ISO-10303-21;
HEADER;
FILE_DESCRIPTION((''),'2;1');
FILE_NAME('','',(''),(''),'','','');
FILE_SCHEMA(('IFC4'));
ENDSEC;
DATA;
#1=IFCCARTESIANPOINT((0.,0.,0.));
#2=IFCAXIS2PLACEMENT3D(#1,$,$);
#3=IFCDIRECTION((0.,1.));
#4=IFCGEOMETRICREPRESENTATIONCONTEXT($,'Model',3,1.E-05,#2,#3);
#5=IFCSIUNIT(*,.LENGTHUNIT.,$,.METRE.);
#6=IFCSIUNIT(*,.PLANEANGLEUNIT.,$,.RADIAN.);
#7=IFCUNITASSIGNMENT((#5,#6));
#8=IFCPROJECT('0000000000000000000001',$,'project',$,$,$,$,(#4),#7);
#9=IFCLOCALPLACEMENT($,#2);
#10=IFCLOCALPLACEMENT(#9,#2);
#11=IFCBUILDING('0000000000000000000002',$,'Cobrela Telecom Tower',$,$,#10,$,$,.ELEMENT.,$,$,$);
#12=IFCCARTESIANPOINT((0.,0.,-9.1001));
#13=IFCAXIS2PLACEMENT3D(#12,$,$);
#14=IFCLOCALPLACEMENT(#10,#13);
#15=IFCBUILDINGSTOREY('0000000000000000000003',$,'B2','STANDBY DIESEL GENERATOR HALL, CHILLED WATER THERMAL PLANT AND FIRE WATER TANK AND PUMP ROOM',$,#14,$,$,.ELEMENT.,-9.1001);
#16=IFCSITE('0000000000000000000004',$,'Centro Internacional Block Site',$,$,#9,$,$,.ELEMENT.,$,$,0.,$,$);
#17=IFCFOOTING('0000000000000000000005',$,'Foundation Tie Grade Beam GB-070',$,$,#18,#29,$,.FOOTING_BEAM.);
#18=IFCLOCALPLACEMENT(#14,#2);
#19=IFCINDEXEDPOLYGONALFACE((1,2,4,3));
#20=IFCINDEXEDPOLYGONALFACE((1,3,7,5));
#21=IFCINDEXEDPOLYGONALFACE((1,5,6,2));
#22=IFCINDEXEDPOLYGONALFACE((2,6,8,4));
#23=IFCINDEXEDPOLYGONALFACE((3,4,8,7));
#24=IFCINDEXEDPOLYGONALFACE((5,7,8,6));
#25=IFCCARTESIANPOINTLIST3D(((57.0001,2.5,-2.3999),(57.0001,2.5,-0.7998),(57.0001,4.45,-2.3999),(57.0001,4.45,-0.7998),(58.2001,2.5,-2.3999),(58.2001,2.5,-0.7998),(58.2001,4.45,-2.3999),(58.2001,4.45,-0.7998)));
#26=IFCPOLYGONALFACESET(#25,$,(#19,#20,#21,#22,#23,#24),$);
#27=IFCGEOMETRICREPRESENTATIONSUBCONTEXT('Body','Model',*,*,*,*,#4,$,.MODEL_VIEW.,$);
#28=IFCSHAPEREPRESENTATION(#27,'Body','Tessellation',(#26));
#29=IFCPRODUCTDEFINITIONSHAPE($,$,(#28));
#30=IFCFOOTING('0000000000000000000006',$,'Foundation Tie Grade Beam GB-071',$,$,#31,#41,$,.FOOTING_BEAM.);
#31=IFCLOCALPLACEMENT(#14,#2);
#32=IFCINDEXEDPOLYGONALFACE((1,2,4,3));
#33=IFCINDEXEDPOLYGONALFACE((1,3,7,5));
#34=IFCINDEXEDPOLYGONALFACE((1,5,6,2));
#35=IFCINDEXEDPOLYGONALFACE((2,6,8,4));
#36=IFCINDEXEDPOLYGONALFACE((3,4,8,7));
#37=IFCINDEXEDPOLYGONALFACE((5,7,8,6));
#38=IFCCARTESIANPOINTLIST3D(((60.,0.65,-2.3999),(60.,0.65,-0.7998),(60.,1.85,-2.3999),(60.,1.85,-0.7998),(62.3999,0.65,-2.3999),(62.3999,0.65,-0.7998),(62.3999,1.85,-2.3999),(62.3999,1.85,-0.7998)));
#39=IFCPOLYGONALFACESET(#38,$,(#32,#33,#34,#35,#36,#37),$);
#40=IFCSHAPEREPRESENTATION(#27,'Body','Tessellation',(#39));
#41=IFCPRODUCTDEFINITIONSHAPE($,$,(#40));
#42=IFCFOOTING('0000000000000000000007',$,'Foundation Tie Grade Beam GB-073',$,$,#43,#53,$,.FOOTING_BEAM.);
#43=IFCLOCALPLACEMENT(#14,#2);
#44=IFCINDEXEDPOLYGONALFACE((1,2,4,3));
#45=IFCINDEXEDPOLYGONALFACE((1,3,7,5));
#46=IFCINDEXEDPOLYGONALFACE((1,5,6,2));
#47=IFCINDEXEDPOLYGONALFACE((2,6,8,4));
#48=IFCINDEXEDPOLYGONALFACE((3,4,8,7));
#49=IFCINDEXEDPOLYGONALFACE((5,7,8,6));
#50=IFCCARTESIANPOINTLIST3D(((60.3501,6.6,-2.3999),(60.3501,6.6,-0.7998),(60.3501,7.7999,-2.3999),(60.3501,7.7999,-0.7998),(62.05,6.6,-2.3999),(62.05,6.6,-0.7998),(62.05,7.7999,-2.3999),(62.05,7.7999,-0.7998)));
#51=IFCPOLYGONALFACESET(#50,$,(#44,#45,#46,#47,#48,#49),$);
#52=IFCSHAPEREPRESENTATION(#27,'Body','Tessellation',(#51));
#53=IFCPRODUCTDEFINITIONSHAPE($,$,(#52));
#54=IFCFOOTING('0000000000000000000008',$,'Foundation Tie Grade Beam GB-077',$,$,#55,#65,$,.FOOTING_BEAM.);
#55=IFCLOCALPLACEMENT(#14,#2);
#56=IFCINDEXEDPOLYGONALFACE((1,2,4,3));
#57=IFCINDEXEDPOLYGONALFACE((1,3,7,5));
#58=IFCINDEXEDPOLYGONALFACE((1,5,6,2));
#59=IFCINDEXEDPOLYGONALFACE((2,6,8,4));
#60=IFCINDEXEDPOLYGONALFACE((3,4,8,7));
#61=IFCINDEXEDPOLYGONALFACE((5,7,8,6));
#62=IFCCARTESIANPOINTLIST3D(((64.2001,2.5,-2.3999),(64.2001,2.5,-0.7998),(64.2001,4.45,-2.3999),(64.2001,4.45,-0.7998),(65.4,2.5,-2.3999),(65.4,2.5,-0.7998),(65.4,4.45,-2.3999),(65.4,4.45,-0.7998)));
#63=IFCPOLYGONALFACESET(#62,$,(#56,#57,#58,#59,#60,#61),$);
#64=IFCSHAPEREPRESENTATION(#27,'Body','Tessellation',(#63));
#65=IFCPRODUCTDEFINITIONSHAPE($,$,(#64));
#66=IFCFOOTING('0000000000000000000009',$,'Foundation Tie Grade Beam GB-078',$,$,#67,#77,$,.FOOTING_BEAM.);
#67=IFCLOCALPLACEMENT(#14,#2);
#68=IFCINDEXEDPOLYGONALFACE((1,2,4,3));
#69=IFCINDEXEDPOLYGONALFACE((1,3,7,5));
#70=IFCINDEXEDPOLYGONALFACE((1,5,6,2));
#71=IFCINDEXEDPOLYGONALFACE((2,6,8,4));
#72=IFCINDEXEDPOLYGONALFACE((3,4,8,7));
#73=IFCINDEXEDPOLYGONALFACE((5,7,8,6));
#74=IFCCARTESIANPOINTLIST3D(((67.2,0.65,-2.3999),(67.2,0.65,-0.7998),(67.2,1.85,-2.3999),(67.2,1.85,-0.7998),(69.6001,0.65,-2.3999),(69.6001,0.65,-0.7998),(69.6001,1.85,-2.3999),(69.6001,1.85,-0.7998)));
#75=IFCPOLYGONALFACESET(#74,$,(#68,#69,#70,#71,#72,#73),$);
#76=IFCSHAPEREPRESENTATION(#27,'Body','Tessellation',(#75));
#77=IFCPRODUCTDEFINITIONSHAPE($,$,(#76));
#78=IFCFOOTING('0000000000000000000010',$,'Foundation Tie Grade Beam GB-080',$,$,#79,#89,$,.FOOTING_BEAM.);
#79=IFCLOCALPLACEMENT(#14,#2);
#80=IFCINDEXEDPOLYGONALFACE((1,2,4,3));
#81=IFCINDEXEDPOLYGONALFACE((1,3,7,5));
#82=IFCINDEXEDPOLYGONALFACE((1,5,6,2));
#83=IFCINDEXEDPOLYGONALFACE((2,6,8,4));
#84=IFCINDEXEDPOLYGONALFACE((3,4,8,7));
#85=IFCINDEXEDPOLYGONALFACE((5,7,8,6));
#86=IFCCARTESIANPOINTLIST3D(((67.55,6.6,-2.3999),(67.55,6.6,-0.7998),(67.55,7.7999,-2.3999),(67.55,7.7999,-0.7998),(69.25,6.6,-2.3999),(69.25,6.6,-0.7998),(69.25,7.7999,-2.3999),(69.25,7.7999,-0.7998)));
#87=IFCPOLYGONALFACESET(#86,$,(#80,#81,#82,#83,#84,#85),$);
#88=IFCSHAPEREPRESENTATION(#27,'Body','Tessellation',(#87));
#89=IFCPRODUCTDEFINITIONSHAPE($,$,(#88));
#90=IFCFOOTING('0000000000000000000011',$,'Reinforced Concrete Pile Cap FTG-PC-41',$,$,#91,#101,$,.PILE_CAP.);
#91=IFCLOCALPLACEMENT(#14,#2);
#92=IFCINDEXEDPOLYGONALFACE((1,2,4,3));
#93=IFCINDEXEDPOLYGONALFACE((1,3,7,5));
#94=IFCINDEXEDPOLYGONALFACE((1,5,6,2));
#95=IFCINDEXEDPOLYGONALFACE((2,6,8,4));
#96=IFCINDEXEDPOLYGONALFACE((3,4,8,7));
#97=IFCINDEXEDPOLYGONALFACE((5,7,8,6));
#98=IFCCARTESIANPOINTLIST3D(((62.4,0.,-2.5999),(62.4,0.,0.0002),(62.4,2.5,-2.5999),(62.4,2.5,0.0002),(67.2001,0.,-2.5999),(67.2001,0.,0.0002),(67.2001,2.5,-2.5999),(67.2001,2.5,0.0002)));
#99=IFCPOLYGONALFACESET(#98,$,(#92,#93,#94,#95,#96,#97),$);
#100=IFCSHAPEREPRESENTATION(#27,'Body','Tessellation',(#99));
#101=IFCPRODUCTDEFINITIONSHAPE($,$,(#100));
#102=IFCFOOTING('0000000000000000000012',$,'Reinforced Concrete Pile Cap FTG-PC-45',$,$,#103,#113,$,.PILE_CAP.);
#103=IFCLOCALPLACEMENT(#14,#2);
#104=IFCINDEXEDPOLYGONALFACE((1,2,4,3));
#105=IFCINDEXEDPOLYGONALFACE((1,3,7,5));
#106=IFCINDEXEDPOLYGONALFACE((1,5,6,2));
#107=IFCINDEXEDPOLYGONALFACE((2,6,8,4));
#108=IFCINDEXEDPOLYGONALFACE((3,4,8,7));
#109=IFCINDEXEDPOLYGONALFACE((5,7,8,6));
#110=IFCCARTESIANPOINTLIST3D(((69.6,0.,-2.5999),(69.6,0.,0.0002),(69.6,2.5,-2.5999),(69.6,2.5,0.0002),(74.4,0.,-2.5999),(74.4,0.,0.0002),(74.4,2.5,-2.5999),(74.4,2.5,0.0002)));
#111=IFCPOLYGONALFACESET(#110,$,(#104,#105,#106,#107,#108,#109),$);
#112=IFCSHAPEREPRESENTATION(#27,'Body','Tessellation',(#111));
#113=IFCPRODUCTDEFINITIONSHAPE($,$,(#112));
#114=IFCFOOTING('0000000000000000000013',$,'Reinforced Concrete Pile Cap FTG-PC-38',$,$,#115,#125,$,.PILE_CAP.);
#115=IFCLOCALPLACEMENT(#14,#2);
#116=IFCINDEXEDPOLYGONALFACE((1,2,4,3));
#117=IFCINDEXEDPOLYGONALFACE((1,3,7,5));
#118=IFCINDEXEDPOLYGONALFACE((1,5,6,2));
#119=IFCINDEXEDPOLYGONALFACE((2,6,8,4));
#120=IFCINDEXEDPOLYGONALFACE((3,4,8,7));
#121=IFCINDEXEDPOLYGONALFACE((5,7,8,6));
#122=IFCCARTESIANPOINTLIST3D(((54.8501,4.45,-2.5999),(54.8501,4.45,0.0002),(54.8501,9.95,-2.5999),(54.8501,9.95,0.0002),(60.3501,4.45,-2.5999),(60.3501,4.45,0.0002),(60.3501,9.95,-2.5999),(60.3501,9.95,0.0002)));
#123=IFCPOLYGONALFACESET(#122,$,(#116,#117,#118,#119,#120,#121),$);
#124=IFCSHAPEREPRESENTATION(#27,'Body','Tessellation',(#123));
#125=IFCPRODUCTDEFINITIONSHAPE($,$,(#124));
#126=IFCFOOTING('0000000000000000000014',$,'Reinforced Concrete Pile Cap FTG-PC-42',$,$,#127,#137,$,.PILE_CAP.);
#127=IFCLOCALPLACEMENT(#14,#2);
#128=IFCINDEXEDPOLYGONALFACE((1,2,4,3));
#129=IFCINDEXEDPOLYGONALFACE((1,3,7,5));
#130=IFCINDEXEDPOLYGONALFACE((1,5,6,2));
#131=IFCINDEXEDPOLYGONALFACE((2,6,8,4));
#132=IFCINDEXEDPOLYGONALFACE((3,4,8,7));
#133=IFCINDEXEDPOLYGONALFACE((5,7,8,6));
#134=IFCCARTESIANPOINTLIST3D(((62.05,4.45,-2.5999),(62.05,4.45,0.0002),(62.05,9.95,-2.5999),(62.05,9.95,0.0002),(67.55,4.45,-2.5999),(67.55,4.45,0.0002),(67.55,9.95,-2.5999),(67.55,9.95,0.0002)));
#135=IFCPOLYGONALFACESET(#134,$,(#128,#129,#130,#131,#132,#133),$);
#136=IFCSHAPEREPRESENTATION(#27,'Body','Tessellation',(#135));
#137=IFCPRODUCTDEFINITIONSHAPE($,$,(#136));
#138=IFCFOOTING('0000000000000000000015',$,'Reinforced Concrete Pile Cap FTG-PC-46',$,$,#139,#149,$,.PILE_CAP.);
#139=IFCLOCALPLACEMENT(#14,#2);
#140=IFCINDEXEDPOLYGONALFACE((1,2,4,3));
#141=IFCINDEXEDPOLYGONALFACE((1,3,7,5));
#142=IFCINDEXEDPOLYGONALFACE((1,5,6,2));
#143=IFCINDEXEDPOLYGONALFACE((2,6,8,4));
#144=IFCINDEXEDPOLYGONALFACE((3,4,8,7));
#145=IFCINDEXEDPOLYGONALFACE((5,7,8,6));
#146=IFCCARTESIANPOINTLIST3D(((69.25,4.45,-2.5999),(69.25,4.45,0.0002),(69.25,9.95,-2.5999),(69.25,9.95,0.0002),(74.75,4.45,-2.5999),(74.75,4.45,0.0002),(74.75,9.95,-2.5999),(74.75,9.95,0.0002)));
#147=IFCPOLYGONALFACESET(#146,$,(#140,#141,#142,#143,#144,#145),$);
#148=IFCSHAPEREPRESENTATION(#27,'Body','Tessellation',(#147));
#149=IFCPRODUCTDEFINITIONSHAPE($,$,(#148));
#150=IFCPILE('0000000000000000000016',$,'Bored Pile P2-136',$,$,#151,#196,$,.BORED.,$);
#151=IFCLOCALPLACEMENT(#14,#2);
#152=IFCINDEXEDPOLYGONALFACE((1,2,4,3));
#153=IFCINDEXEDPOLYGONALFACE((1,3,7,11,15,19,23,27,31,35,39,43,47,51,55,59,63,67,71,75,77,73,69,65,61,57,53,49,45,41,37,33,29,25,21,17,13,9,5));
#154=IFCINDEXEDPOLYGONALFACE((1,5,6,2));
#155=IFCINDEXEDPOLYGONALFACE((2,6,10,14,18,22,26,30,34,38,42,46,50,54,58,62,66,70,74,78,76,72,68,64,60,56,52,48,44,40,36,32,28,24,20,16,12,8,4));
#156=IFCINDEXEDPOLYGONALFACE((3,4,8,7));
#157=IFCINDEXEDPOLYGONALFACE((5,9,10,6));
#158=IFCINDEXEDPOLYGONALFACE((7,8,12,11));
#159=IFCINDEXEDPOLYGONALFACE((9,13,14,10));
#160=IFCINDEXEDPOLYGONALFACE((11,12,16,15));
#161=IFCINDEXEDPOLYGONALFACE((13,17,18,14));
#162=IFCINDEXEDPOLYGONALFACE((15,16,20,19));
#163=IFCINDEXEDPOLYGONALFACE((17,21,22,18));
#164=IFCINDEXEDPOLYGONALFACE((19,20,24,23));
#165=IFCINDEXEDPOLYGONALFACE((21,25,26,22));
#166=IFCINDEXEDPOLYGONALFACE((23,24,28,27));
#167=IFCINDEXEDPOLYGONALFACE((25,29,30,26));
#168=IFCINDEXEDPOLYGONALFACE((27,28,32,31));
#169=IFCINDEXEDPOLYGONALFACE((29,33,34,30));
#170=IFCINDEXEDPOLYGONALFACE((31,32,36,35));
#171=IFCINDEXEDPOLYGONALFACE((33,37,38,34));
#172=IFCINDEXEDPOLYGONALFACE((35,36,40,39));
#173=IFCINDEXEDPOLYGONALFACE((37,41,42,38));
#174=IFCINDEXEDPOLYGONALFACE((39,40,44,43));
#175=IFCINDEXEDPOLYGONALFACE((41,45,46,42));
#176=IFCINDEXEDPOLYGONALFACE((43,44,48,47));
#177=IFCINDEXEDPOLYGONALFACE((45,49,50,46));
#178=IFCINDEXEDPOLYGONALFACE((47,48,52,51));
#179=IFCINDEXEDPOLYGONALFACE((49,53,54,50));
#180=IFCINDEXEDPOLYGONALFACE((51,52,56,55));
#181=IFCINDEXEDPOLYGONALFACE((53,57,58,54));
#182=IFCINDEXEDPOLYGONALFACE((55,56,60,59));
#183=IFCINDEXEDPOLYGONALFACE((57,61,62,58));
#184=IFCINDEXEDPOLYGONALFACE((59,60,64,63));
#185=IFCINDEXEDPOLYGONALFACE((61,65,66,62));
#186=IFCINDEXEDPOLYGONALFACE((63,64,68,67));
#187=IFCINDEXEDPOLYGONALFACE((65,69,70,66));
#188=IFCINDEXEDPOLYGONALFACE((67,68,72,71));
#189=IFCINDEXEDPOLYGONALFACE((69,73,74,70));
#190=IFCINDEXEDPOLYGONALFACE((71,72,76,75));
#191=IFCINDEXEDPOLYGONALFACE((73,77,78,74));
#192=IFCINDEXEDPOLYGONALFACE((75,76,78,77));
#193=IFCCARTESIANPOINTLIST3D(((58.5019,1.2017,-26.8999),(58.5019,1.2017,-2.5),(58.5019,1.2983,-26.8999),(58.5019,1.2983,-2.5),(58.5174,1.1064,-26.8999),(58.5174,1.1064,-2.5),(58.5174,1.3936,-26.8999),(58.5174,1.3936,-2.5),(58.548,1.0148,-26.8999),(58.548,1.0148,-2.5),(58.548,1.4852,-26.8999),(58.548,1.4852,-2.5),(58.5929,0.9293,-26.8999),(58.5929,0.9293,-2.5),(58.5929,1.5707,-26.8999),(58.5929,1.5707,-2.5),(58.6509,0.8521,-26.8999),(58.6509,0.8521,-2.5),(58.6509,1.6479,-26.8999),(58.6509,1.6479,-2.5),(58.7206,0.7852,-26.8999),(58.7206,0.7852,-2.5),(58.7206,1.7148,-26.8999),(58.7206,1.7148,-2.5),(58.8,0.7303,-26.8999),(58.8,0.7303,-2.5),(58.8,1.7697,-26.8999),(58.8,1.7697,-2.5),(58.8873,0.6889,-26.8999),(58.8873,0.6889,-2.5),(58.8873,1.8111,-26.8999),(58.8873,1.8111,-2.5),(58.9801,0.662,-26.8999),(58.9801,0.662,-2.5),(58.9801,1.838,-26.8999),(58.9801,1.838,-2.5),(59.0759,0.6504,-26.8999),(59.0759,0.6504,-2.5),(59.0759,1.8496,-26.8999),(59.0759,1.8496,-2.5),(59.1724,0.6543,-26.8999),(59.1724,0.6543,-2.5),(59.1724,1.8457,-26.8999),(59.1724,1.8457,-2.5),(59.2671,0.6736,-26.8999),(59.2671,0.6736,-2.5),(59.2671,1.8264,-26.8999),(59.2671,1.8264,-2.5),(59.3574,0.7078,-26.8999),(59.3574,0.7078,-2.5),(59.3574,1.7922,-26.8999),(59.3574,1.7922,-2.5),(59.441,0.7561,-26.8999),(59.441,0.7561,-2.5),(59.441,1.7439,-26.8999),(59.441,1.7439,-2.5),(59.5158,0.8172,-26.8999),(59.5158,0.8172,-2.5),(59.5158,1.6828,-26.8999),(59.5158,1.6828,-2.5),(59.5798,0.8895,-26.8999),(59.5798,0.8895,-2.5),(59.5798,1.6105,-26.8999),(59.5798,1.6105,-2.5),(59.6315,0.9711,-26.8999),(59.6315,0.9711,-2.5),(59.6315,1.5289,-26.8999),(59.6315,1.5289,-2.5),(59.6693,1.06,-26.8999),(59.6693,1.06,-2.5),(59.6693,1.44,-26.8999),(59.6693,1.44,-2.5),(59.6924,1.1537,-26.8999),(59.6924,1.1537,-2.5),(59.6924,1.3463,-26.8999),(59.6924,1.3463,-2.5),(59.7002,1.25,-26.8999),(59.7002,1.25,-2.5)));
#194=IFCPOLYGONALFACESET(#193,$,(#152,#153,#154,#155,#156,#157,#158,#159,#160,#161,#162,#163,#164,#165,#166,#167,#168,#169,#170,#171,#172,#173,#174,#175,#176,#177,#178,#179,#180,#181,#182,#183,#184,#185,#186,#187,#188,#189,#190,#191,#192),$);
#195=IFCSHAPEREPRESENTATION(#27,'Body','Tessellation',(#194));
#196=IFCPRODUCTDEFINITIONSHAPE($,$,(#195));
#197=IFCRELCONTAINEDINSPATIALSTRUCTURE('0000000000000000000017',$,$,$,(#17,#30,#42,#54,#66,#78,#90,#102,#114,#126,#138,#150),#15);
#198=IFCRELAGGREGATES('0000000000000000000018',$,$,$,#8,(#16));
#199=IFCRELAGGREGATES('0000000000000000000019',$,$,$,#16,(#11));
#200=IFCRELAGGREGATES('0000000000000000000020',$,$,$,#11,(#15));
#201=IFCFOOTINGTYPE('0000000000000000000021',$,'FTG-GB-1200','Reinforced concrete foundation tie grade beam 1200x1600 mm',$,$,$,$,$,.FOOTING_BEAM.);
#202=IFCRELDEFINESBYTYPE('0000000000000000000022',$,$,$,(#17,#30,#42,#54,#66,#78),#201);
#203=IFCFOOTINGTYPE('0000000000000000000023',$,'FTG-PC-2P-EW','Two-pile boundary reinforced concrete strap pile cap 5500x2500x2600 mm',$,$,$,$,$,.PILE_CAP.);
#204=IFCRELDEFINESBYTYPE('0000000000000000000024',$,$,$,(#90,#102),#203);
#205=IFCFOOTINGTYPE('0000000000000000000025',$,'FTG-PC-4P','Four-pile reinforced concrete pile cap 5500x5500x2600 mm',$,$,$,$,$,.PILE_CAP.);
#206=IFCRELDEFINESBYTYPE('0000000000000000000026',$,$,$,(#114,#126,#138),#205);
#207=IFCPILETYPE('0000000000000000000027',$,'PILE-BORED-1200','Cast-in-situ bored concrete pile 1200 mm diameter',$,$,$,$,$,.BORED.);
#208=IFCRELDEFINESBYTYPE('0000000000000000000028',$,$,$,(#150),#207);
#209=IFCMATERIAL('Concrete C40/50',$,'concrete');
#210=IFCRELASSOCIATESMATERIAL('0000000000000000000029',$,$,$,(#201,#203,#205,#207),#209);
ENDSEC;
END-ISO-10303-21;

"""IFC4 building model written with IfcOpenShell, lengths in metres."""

from ifc_helpers import new_model, si_unit, direction, frame, origin, origin_2d, place, context, subcontext, project, spatial, rectangle, circle, extrude, material, material_profile, profile_set, type_object, element, save


model = new_model("IFC4")

# Units and contexts
model_context = context("Model", 3, precision=1e-05, world=origin(), true_north=direction((0.0, 1.0)))
body_context = subcontext(model_context, "Body", "Model", "MODEL_VIEW")
ifc_project = project(units=[si_unit("LENGTHUNIT", "METRE"), si_unit("PLANEANGLEUNIT", "RADIAN")], contexts=[model_context])

# Site, building, storey
site_placement = place(None, origin())
site = spatial("IfcSite", under=ifc_project, at=site_placement, Name="Centro Internacional Block Site", CompositionType="ELEMENT", RefElevation=0.0)
building_placement = place(site_placement, origin())
building = spatial("IfcBuilding", under=site, at=building_placement, Name="Cobrela Telecom Tower", CompositionType="ELEMENT")
storey_placement = place(building_placement, frame((0.0, 0.0, -9.1001)))
storey = spatial("IfcBuildingStorey", under=building, at=storey_placement, Name="B2", Description="STANDBY DIESEL GENERATOR HALL, CHILLED WATER THERMAL PLANT AND FIRE WATER TANK AND PUMP ROOM", CompositionType="ELEMENT", Elevation=-9.1001)

# Footings
ifc_material_1 = material(Name="Concrete C40/50", Category="concrete")
ifc_material_profile_1 = material_profile(ifc_material_1, rectangle(XDim=1.2, YDim=1.6001, at=origin_2d()), Name="GB 1200x1600")
ifc_profile_set_1 = profile_set([ifc_material_profile_1], Name="Concrete C40/50")
footing_type_1 = type_object("IfcFootingType", Name="FTG-GB-1200", Description="Reinforced concrete foundation tie grade beam 1200x1600 mm", PredefinedType="FOOTING_BEAM", material=ifc_profile_set_1)
footing_1_placement = place(storey_placement, frame((57.6001, 2.5, -1.5999), z_axis=(0.0, 1.0, 0.0), x_axis=(-1.0, 0.0, 0.0)))
element("IfcFooting", 1, at=footing_1_placement, inside=storey, type_object=footing_type_1, Name="Foundation Tie Grade Beam GB-070", PredefinedType="FOOTING_BEAM", context=body_context, shape_type="SweptSolid", body=[
    extrude(rectangle(XDim=1.2, YDim=1.6001, at=origin_2d()), origin(), (0.0, 0.0, 1.0), 1.95),
])
footing_2_placement = place(storey_placement, frame((60.0, 1.25, -1.5999), z_axis=(1.0, 0.0, 0.0), x_axis=(0.0, 1.0, 0.0)))
element("IfcFooting", 2, at=footing_2_placement, inside=storey, type_object=footing_type_1, Name="Foundation Tie Grade Beam GB-071", PredefinedType="FOOTING_BEAM", context=body_context, shape_type="SweptSolid", body=[
    extrude(rectangle(XDim=1.2, YDim=1.6001, at=origin_2d()), origin(), (0.0, 0.0, 1.0), 2.3999),
])
footing_3_placement = place(storey_placement, frame((60.3501, 7.2, -1.5999), z_axis=(1.0, 0.0, 0.0), x_axis=(0.0, 1.0, 0.0)))
element("IfcFooting", 3, at=footing_3_placement, inside=storey, type_object=footing_type_1, Name="Foundation Tie Grade Beam GB-073", PredefinedType="FOOTING_BEAM", context=body_context, shape_type="SweptSolid", body=[
    extrude(rectangle(XDim=1.2, YDim=1.6001, at=origin_2d()), origin(), (0.0, 0.0, 1.0), 1.7),
])
footing_4_placement = place(storey_placement, frame((64.8, 2.5, -1.5999), z_axis=(0.0, 1.0, 0.0), x_axis=(-1.0, 0.0, 0.0)))
element("IfcFooting", 4, at=footing_4_placement, inside=storey, type_object=footing_type_1, Name="Foundation Tie Grade Beam GB-077", PredefinedType="FOOTING_BEAM", context=body_context, shape_type="SweptSolid", body=[
    extrude(rectangle(XDim=1.2, YDim=1.6001, at=origin_2d()), origin(), (0.0, 0.0, 1.0), 1.95),
])
footing_5_placement = place(storey_placement, frame((67.2, 1.25, -1.5999), z_axis=(1.0, 0.0, 0.0), x_axis=(0.0, 1.0, 0.0)))
element("IfcFooting", 5, at=footing_5_placement, inside=storey, type_object=footing_type_1, Name="Foundation Tie Grade Beam GB-078", PredefinedType="FOOTING_BEAM", context=body_context, shape_type="SweptSolid", body=[
    extrude(rectangle(XDim=1.2, YDim=1.6001, at=origin_2d()), origin(), (0.0, 0.0, 1.0), 2.4001),
])
footing_6_placement = place(storey_placement, frame((67.55, 7.2, -1.5999), z_axis=(1.0, 0.0, 0.0), x_axis=(0.0, 1.0, 0.0)))
element("IfcFooting", 6, at=footing_6_placement, inside=storey, type_object=footing_type_1, Name="Foundation Tie Grade Beam GB-080", PredefinedType="FOOTING_BEAM", context=body_context, shape_type="SweptSolid", body=[
    extrude(rectangle(XDim=1.2, YDim=1.6001, at=origin_2d()), origin(), (0.0, 0.0, 1.0), 1.7),
])
footing_type_2 = type_object("IfcFootingType", Name="FTG-PC-2P-EW", Description="Two-pile boundary reinforced concrete strap pile cap 5500x2500x2600 mm", PredefinedType="PILE_CAP", material=ifc_material_1)
for number, where, z_axis, x_axis, name in (
    (7, (64.8, 1.25, -2.5999), (0.0, 0.0, 1.0), (1.0, 0.0, 0.0), "Reinforced Concrete Pile Cap FTG-PC-41"),
    (8, (72.0, 1.25, -2.5999), (0.0, 0.0, 1.0), (1.0, 0.0, 0.0), "Reinforced Concrete Pile Cap FTG-PC-45"),
):
    element("IfcFooting", number, at=place(storey_placement, frame(where, z_axis=z_axis, x_axis=x_axis)), inside=storey, type_object=footing_type_2, Name=name, PredefinedType="PILE_CAP", context=body_context, shape_type="SweptSolid", body=[
        extrude(rectangle(XDim=4.8, YDim=2.5, at=origin_2d()), origin(), (0.0, 0.0, 1.0), 2.6001),
    ])
footing_type_3 = type_object("IfcFootingType", Name="FTG-PC-4P", Description="Four-pile reinforced concrete pile cap 5500x5500x2600 mm", PredefinedType="PILE_CAP", material=ifc_material_1)
for number, where, z_axis, x_axis, name in (
    (9, (57.6001, 7.2, -2.5999), (0.0, 0.0, 1.0), (1.0, 0.0, 0.0), "Reinforced Concrete Pile Cap FTG-PC-38"),
    (10, (64.8, 7.2, -2.5999), (0.0, 0.0, 1.0), (1.0, 0.0, 0.0), "Reinforced Concrete Pile Cap FTG-PC-42"),
    (11, (72.0, 7.2, -2.5999), (0.0, 0.0, 1.0), (1.0, 0.0, 0.0), "Reinforced Concrete Pile Cap FTG-PC-46"),
):
    element("IfcFooting", number, at=place(storey_placement, frame(where, z_axis=z_axis, x_axis=x_axis)), inside=storey, type_object=footing_type_3, Name=name, PredefinedType="PILE_CAP", context=body_context, shape_type="SweptSolid", body=[
        extrude(rectangle(XDim=5.5, YDim=5.5, at=origin_2d()), origin(), (0.0, 0.0, 1.0), 2.6001),
    ])

# Pile
ifc_material_profile_2 = material_profile(ifc_material_1, circle(Radius=0.6001, at=origin_2d()), Name="BORED PILE D1200")
ifc_profile_set_2 = profile_set([ifc_material_profile_2], Name="Concrete C40/50")
pile_type = type_object("IfcPileType", Name="PILE-BORED-1200", Description="Cast-in-situ bored concrete pile 1200 mm diameter", PredefinedType="BORED", material=ifc_profile_set_2)
for number, where, z_axis, x_axis, name in (
    (12, (59.1001, 1.25, -2.5), (0.0, 0.0, -1.0), (1.0, 0.0, 0.0), "Bored Pile P2-136"),
):
    element("IfcPile", number, at=place(storey_placement, frame(where, z_axis=z_axis, x_axis=x_axis)), inside=storey, type_object=pile_type, Name=name, PredefinedType="BORED", context=body_context, shape_type="SweptSolid", body=[
        extrude(circle(Radius=0.6001, at=origin_2d()), origin(), (0.0, 0.0, 1.0), 24.3999),
    ])

save(model, "model.ifc")
